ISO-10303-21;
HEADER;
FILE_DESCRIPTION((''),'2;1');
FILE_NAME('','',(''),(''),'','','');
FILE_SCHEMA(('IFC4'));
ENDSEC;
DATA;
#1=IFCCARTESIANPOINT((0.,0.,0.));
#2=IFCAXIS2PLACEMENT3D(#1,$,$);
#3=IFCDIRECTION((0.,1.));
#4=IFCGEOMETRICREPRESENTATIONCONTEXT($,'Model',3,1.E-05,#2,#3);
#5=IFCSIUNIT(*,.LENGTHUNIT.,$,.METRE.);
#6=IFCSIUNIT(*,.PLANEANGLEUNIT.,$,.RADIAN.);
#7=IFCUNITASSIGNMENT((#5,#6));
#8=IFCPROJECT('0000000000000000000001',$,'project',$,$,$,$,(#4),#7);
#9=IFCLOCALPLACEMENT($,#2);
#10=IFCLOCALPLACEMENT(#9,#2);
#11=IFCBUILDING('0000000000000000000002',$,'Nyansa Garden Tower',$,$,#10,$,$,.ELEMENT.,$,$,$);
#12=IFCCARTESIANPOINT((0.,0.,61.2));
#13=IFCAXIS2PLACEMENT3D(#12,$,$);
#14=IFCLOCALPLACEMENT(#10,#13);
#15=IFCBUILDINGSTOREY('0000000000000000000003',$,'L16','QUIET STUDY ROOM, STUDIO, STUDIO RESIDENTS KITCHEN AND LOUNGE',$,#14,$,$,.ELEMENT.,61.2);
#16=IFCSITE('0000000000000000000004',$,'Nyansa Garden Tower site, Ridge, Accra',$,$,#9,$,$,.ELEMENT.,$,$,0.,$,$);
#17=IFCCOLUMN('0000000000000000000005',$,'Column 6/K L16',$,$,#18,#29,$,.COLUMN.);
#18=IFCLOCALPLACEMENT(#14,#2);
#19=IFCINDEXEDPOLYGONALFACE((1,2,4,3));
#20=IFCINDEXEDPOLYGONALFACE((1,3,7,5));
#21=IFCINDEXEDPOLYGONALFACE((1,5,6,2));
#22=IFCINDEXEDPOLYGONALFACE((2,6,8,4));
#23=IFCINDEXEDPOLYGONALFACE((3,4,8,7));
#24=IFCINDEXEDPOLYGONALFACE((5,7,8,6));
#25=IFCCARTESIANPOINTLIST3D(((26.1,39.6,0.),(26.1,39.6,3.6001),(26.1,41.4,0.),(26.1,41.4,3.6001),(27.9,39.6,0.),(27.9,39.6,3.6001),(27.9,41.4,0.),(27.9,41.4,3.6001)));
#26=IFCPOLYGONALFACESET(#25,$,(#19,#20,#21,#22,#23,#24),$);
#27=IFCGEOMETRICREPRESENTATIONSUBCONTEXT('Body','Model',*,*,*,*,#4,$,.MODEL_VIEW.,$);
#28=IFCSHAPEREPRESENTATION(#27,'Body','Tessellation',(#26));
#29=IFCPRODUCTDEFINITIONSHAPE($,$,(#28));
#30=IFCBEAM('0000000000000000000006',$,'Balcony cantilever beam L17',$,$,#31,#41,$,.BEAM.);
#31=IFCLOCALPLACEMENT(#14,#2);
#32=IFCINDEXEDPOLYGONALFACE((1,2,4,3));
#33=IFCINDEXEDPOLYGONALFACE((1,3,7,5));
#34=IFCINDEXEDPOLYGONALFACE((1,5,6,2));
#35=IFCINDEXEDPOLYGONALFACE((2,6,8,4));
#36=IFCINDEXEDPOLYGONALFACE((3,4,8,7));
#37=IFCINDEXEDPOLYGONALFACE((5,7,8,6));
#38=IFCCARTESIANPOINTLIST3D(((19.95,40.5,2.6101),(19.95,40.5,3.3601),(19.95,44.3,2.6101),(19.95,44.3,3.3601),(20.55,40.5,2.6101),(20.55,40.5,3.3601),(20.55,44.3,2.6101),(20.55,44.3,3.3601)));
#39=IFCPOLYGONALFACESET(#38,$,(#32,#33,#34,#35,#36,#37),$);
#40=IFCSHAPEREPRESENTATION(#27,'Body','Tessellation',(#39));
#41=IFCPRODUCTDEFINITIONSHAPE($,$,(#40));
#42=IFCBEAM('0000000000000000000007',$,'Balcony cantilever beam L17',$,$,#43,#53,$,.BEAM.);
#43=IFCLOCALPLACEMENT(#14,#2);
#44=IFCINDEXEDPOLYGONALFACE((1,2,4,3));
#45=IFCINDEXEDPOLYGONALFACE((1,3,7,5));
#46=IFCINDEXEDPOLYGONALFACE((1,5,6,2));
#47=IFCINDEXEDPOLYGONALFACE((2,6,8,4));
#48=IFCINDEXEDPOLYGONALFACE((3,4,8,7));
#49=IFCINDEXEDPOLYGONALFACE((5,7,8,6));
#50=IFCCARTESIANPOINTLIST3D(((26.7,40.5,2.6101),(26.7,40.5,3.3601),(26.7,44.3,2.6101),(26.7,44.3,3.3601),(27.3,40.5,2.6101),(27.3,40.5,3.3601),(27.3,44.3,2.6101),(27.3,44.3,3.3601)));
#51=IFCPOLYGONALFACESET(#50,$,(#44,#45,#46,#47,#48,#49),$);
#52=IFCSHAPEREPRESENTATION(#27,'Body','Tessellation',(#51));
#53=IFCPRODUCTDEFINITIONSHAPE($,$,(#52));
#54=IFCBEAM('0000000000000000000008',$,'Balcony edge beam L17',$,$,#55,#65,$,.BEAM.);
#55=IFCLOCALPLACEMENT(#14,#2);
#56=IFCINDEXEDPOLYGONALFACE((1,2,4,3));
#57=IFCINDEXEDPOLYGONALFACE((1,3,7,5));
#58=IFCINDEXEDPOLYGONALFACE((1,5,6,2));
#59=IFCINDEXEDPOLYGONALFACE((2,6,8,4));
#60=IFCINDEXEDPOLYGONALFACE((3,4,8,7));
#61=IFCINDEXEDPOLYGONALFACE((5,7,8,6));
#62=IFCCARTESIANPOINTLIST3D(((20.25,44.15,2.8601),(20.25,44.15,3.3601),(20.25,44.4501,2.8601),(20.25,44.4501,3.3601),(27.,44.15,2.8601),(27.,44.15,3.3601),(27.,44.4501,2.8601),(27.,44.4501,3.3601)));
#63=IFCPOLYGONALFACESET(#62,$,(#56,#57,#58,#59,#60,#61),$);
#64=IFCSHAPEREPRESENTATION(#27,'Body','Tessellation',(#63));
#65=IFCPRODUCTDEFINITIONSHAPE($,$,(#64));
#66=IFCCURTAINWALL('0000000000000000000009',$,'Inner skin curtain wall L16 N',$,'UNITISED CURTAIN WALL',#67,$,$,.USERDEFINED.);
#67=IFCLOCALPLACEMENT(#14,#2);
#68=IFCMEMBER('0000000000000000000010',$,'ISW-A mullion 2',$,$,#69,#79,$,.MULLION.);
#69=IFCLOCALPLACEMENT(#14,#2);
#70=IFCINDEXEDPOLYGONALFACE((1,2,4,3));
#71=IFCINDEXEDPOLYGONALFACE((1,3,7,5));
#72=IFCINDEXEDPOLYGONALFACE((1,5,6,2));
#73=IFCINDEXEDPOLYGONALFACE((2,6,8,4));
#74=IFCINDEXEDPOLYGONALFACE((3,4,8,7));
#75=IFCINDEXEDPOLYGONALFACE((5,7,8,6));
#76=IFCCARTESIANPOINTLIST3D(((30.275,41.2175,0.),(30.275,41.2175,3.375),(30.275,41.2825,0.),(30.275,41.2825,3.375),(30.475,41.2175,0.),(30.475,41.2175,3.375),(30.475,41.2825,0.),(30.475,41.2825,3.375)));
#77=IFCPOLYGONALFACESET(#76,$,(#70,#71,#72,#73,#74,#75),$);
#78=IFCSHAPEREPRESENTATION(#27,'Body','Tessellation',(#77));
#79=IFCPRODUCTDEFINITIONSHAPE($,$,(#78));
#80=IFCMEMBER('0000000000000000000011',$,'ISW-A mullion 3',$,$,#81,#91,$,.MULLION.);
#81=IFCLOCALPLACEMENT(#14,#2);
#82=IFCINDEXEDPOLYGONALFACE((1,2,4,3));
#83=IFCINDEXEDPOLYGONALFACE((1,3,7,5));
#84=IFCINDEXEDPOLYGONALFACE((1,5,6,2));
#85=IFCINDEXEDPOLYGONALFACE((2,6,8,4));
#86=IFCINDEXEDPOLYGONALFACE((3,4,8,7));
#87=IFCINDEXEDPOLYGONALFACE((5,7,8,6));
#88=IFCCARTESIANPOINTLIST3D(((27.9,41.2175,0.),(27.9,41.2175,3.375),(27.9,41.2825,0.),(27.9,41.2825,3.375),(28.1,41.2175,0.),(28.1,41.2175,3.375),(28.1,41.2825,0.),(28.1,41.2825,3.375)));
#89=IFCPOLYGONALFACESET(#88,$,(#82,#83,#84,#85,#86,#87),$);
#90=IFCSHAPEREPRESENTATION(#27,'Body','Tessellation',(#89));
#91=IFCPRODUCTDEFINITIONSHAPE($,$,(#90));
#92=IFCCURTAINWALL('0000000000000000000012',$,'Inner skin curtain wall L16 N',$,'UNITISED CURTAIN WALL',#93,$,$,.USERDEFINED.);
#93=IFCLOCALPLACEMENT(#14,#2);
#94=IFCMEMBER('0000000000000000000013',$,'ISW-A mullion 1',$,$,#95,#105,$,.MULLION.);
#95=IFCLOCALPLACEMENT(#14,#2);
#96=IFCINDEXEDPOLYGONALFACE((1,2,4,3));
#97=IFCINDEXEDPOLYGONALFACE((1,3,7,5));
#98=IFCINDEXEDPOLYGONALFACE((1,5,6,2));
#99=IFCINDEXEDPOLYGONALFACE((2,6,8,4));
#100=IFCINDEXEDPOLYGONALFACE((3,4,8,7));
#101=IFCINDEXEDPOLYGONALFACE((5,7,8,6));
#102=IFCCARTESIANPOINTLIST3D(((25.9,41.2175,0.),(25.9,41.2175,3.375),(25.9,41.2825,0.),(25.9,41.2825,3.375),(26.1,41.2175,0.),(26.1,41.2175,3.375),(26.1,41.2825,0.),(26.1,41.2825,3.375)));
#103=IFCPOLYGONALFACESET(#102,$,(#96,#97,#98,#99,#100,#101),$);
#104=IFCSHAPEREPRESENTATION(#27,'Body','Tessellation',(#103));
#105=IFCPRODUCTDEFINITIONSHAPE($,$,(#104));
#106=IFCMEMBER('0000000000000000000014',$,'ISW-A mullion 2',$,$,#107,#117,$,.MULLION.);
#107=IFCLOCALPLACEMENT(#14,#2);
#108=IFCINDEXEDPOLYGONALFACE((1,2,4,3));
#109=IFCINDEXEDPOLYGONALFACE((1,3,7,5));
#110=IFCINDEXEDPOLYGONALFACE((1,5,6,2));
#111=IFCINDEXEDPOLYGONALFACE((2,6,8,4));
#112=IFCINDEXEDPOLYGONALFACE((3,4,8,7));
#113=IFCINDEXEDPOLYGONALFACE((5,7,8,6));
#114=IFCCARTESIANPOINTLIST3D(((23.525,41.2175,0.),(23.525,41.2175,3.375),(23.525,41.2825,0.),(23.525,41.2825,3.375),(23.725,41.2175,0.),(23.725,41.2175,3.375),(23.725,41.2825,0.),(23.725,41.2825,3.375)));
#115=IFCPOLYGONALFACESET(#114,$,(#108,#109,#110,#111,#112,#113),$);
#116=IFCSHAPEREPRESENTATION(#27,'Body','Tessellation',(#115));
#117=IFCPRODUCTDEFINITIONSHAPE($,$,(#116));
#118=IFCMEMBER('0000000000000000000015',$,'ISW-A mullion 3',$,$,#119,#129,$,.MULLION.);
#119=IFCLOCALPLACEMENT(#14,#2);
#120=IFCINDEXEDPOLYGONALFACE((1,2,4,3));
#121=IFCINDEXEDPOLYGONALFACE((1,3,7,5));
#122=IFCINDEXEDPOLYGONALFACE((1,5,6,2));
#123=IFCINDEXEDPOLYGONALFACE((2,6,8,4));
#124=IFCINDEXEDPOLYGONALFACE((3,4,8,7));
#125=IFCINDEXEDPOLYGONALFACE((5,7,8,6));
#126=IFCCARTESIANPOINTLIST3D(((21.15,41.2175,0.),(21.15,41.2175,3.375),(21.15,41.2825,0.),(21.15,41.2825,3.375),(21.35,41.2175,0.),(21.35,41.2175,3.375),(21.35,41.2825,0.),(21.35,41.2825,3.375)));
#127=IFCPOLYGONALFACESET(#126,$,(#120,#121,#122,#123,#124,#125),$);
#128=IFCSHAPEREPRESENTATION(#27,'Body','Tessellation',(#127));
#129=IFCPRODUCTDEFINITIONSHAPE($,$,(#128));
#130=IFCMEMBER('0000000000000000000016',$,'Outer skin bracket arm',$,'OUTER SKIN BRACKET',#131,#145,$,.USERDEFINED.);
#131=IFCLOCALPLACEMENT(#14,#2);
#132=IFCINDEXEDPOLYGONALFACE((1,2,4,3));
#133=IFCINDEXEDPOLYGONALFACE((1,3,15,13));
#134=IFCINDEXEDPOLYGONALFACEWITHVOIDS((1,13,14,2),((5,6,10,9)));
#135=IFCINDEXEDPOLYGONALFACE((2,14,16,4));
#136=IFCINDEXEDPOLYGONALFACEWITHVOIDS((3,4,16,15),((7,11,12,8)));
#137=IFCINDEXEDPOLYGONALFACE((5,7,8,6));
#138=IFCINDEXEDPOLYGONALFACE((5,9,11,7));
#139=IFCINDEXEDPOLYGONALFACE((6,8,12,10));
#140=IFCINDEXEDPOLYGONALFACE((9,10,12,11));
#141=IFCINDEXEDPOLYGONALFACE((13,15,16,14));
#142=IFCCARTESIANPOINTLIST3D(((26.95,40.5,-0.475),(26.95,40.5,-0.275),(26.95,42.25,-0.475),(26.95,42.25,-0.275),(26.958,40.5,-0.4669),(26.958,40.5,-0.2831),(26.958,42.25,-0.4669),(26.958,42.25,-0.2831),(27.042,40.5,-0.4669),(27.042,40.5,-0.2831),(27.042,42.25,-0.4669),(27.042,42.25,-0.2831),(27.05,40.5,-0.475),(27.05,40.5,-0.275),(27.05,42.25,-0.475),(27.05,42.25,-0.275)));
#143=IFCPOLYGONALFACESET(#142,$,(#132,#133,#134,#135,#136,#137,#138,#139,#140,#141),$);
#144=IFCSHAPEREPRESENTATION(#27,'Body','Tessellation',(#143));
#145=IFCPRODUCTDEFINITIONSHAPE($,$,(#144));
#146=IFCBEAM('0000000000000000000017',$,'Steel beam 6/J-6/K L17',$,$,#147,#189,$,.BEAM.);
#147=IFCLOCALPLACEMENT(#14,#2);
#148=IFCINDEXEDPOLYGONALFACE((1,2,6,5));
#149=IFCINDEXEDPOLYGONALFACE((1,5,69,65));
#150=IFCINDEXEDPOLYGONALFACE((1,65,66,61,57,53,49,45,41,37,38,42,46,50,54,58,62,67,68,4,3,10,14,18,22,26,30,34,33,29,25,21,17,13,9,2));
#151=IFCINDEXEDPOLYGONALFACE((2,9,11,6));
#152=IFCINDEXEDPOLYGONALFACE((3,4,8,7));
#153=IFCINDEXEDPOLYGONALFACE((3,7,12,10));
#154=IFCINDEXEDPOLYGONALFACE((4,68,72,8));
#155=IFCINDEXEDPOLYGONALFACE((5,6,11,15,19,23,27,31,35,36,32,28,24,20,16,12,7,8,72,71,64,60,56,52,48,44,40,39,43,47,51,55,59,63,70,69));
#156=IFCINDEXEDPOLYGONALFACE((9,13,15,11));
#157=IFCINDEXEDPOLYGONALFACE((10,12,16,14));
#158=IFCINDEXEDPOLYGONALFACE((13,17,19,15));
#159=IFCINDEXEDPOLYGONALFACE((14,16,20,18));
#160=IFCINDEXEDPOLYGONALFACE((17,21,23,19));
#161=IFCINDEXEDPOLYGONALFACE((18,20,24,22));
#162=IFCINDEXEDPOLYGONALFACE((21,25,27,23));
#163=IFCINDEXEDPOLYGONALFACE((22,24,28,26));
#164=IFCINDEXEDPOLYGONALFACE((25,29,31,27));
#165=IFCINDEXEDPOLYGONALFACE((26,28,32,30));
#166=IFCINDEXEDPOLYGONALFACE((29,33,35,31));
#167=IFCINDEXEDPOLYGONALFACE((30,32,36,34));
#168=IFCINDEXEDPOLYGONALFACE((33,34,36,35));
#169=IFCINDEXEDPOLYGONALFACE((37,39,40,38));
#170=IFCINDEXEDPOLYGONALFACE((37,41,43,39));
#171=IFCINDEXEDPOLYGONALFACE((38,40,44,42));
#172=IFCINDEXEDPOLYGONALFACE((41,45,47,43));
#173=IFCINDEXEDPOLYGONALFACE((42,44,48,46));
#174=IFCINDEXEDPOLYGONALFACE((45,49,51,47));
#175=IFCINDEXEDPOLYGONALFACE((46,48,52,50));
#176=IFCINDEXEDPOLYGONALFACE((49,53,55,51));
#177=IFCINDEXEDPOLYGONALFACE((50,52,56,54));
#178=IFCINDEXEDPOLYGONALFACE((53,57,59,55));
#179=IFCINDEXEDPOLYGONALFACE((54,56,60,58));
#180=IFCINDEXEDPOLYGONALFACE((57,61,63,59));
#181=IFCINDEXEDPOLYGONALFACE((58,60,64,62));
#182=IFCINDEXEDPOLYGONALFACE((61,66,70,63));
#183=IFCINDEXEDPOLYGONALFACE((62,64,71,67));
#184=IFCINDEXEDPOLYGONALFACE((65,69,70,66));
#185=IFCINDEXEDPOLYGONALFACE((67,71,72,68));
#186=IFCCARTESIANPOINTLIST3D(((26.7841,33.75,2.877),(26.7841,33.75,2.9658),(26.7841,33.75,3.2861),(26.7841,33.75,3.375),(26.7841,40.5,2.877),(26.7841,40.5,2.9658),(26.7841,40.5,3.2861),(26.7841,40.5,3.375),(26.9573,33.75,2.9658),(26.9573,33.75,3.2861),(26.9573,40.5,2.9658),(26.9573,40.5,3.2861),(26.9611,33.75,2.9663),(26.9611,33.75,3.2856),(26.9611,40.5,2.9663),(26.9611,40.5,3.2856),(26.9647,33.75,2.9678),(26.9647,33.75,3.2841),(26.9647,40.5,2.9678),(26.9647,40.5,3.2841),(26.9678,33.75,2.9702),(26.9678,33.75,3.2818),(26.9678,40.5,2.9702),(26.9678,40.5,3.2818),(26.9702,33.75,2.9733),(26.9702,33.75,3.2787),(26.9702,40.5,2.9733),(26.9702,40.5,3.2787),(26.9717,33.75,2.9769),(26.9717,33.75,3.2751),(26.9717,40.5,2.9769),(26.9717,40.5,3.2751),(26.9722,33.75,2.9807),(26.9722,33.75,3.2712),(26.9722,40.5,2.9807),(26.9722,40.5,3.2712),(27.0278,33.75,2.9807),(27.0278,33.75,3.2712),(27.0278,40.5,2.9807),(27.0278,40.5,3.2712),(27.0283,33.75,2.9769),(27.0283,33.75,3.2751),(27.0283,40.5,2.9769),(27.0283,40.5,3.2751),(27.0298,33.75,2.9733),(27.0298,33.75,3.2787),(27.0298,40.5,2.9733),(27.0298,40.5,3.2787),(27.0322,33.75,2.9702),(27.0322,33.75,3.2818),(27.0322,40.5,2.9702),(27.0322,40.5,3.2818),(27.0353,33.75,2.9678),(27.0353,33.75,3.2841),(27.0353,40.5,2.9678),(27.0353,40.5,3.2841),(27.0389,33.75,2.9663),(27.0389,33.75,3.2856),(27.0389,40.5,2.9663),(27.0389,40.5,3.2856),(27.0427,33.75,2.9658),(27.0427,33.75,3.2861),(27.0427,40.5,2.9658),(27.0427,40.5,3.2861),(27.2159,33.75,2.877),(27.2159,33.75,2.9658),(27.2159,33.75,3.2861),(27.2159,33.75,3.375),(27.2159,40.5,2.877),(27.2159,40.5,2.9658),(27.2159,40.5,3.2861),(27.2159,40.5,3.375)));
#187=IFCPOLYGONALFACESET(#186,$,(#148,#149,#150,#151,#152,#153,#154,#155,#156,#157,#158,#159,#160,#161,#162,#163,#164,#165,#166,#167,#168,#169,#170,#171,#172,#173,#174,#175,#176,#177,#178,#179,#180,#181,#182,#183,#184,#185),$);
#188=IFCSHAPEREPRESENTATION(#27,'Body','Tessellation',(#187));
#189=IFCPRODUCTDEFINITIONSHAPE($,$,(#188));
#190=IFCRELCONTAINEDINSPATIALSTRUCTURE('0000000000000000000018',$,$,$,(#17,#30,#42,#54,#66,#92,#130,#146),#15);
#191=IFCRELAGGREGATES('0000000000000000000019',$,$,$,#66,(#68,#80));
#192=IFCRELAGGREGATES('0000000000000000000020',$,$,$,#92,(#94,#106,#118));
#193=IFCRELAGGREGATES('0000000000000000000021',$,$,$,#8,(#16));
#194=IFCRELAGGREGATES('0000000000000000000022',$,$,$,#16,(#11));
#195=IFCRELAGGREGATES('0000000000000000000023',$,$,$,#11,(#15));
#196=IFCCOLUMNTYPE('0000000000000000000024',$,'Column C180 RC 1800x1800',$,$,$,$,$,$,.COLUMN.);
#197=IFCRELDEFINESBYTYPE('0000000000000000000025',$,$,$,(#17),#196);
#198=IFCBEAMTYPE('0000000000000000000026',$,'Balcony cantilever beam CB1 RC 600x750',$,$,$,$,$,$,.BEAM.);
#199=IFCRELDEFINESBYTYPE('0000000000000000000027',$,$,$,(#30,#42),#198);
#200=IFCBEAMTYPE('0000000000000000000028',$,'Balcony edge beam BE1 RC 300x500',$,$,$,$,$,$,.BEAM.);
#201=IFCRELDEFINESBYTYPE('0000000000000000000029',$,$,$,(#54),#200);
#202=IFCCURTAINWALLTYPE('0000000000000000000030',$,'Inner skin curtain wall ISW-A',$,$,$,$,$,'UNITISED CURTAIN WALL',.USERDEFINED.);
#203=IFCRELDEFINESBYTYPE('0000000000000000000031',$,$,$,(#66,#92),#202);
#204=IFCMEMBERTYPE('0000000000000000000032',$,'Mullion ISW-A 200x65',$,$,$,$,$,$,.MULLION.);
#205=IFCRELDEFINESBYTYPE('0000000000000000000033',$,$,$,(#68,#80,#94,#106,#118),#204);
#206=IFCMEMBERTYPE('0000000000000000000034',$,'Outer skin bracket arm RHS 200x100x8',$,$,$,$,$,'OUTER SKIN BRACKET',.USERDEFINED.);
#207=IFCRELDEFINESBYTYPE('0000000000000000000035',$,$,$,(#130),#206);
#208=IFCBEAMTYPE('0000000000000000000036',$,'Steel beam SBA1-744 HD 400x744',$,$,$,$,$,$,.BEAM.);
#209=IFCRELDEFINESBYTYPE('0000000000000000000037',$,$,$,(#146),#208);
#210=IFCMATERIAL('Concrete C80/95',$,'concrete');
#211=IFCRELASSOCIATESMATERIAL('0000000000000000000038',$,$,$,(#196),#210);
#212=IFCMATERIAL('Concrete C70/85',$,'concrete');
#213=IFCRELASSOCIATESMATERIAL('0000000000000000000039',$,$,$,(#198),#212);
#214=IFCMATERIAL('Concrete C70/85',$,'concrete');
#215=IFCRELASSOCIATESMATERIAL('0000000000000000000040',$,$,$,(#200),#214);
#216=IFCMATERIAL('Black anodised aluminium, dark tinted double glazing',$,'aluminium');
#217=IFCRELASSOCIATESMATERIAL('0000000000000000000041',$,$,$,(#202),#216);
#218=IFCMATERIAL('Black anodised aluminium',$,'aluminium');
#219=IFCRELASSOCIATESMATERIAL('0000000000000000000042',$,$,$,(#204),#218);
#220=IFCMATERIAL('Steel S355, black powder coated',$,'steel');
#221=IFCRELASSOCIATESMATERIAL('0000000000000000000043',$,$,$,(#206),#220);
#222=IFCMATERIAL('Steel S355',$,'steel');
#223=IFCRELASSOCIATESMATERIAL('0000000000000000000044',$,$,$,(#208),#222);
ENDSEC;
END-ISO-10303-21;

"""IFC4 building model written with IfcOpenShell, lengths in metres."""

from ifc_helpers import new_model, si_unit, direction, frame, origin, origin_2d, place, context, subcontext, project, spatial, rectangle, hollow_rectangle, i_section, extrude, material, material_profile, profile_set, type_object, element, aggregate, save


model = new_model("IFC4")

# Units and contexts
model_context = context("Model", 3, precision=1e-05, world=origin(), true_north=direction((0.0, 1.0)))
body_context = subcontext(model_context, "Body", "Model", "MODEL_VIEW")
ifc_project = project(units=[si_unit("LENGTHUNIT", "METRE"), si_unit("PLANEANGLEUNIT", "RADIAN")], contexts=[model_context])

# Site, building, storey
site_placement = place(None, origin())
site = spatial("IfcSite", under=ifc_project, at=site_placement, Name="Nyansa Garden Tower site, Ridge, Accra", CompositionType="ELEMENT", RefElevation=0.0)
building_placement = place(site_placement, origin())
building = spatial("IfcBuilding", under=site, at=building_placement, Name="Nyansa Garden Tower", CompositionType="ELEMENT")
storey_placement = place(building_placement, frame((0.0, 0.0, 61.2)))
storey = spatial("IfcBuildingStorey", under=building, at=storey_placement, Name="L16", Description="QUIET STUDY ROOM, STUDIO, STUDIO RESIDENTS KITCHEN AND LOUNGE", CompositionType="ELEMENT", Elevation=61.2)

# Column
ifc_material_1 = material(Name="Concrete C80/95", Category="concrete")
ifc_material_profile_1 = material_profile(ifc_material_1, rectangle(XDim=1.8, YDim=1.8, at=origin_2d()), Name="RC 1800x1800")
ifc_profile_set_1 = profile_set([ifc_material_profile_1], Name="Concrete C80/95")
column_type = type_object("IfcColumnType", Name="Column C180 RC 1800x1800", PredefinedType="COLUMN", material=ifc_profile_set_1)
column_placement = place(storey_placement, frame((27.0, 40.5, 0.0), z_axis=(0.0, 0.0, 1.0), x_axis=(1.0, 0.0, 0.0)))
element("IfcColumn", 1, at=column_placement, inside=storey, type_object=column_type, Name="Column 6/K L16", PredefinedType="COLUMN", context=body_context, shape_type="SweptSolid", body=[
    extrude(rectangle(XDim=1.8, YDim=1.8, at=origin_2d()), origin(), (0.0, 0.0, 1.0), 3.6001),
])

# Beams
ifc_material_2 = material(Name="Concrete C70/85", Category="concrete")
ifc_material_profile_2 = material_profile(ifc_material_2, rectangle(XDim=0.6001, YDim=0.75, at=origin_2d()), Name="RC 600x750")
ifc_profile_set_2 = profile_set([ifc_material_profile_2], Name="Concrete C70/85")
beam_type_1 = type_object("IfcBeamType", Name="Balcony cantilever beam CB1 RC 600x750", PredefinedType="BEAM", material=ifc_profile_set_2)
for number, where, z_axis, x_axis, name in (
    (2, (20.25, 40.5, 2.9851), (0.0, 1.0, 0.0), (-1.0, 0.0, 0.0), "Balcony cantilever beam L17"),
    (3, (27.0, 40.5, 2.9851), (0.0, 1.0, 0.0), (-1.0, 0.0, 0.0), "Balcony cantilever beam L17"),
):
    element("IfcBeam", number, at=place(storey_placement, frame(where, z_axis=z_axis, x_axis=x_axis)), inside=storey, type_object=beam_type_1, Name=name, PredefinedType="BEAM", context=body_context, shape_type="SweptSolid", body=[
        extrude(rectangle(XDim=0.6001, YDim=0.75, at=origin_2d()), origin(), (0.0, 0.0, 1.0), 3.8),
    ])
ifc_material_3 = material(Name="Concrete C70/85", Category="concrete")
ifc_material_profile_3 = material_profile(ifc_material_3, rectangle(XDim=0.3, YDim=0.5, at=origin_2d()), Name="RC 300x500")
ifc_profile_set_3 = profile_set([ifc_material_profile_3], Name="Concrete C70/85")
beam_type_2 = type_object("IfcBeamType", Name="Balcony edge beam BE1 RC 300x500", PredefinedType="BEAM", material=ifc_profile_set_3)
beam_1_placement = place(storey_placement, frame((20.25, 44.3, 3.1101), z_axis=(1.0, 0.0, 0.0), x_axis=(0.0, 1.0, 0.0)))
element("IfcBeam", 4, at=beam_1_placement, inside=storey, type_object=beam_type_2, Name="Balcony edge beam L17", PredefinedType="BEAM", context=body_context, shape_type="SweptSolid", body=[
    extrude(rectangle(XDim=0.3, YDim=0.5, at=origin_2d()), origin(), (0.0, 0.0, 1.0), 6.75),
])

# Curtain walls, members
ifc_material_4 = material(Name="Black anodised aluminium, dark tinted double glazing", Category="aluminium")
curtain_wall_type = type_object("IfcCurtainWallType", Name="Inner skin curtain wall ISW-A", ElementType="UNITISED CURTAIN WALL", PredefinedType="USERDEFINED", material=ifc_material_4)
curtain_wall_1_placement = place(storey_placement, origin())
curtain_wall_1 = element("IfcCurtainWall", 5, at=curtain_wall_1_placement, inside=storey, type_object=curtain_wall_type, Name="Inner skin curtain wall L16 N", ObjectType="UNITISED CURTAIN WALL", PredefinedType="USERDEFINED")
ifc_material_5 = material(Name="Black anodised aluminium", Category="aluminium")
ifc_material_profile_4 = material_profile(ifc_material_5, rectangle(XDim=0.0649, YDim=0.2, at=origin_2d()), Name="Mullion 200x65")
ifc_profile_set_4 = profile_set([ifc_material_profile_4], Name="Black anodised aluminium")
member_type_1 = type_object("IfcMemberType", Name="Mullion ISW-A 200x65", PredefinedType="MULLION", material=ifc_profile_set_4)
member_1_placement = place(storey_placement, frame((30.375, 41.25, 0.0), z_axis=(0.0, 0.0, 1.0), x_axis=(0.0, -1.0, 0.0)))
member_1 = element("IfcMember", 6, at=member_1_placement, type_object=member_type_1, Name="ISW-A mullion 2", PredefinedType="MULLION", context=body_context, shape_type="SweptSolid", body=[
    extrude(rectangle(XDim=0.0649, YDim=0.2, at=origin_2d()), origin(), (0.0, 0.0, 1.0), 3.375),
])
member_2_placement = place(storey_placement, frame((28.0, 41.25, 0.0), z_axis=(0.0, 0.0, 1.0), x_axis=(0.0, -1.0, 0.0)))
member_2 = element("IfcMember", 7, at=member_2_placement, type_object=member_type_1, Name="ISW-A mullion 3", PredefinedType="MULLION", context=body_context, shape_type="SweptSolid", body=[
    extrude(rectangle(XDim=0.0649, YDim=0.2, at=origin_2d()), origin(), (0.0, 0.0, 1.0), 3.375),
])
curtain_wall_2_placement = place(storey_placement, origin())
curtain_wall_2 = element("IfcCurtainWall", 8, at=curtain_wall_2_placement, inside=storey, type_object=curtain_wall_type, Name="Inner skin curtain wall L16 N", ObjectType="UNITISED CURTAIN WALL", PredefinedType="USERDEFINED")
member_3_placement = place(storey_placement, frame((26.0, 41.25, 0.0), z_axis=(0.0, 0.0, 1.0), x_axis=(0.0, -1.0, 0.0)))
member_3 = element("IfcMember", 9, at=member_3_placement, type_object=member_type_1, Name="ISW-A mullion 1", PredefinedType="MULLION", context=body_context, shape_type="SweptSolid", body=[
    extrude(rectangle(XDim=0.0649, YDim=0.2, at=origin_2d()), origin(), (0.0, 0.0, 1.0), 3.375),
])
member_4_placement = place(storey_placement, frame((23.625, 41.25, 0.0), z_axis=(0.0, 0.0, 1.0), x_axis=(0.0, -1.0, 0.0)))
member_4 = element("IfcMember", 10, at=member_4_placement, type_object=member_type_1, Name="ISW-A mullion 2", PredefinedType="MULLION", context=body_context, shape_type="SweptSolid", body=[
    extrude(rectangle(XDim=0.0649, YDim=0.2, at=origin_2d()), origin(), (0.0, 0.0, 1.0), 3.375),
])
member_5_placement = place(storey_placement, frame((21.25, 41.25, 0.0), z_axis=(0.0, 0.0, 1.0), x_axis=(0.0, -1.0, 0.0)))
member_5 = element("IfcMember", 11, at=member_5_placement, type_object=member_type_1, Name="ISW-A mullion 3", PredefinedType="MULLION", context=body_context, shape_type="SweptSolid", body=[
    extrude(rectangle(XDim=0.0649, YDim=0.2, at=origin_2d()), origin(), (0.0, 0.0, 1.0), 3.375),
])

# Member
ifc_material_6 = material(Name="Steel S355, black powder coated", Category="steel")
ifc_material_profile_5 = material_profile(ifc_material_6, hollow_rectangle(XDim=0.1001, YDim=0.2, WallThickness=0.0081, at=origin_2d()), Name="RHS 200x100x8")
ifc_profile_set_5 = profile_set([ifc_material_profile_5], Name="Steel S355, black powder coated")
member_type_2 = type_object("IfcMemberType", Name="Outer skin bracket arm RHS 200x100x8", ElementType="OUTER SKIN BRACKET", PredefinedType="USERDEFINED", material=ifc_profile_set_5)
member_6_placement = place(storey_placement, frame((27.0, 40.5, -0.375), z_axis=(0.0, 1.0, 0.0), x_axis=(-1.0, 0.0, 0.0)))
element("IfcMember", 12, at=member_6_placement, inside=storey, type_object=member_type_2, Name="Outer skin bracket arm", ObjectType="OUTER SKIN BRACKET", PredefinedType="USERDEFINED", context=body_context, shape_type="SweptSolid", body=[
    extrude(hollow_rectangle(XDim=0.1001, YDim=0.2, WallThickness=0.0081, at=origin_2d()), origin(), (0.0, 0.0, 1.0), 1.75),
])

# Beam
ifc_material_7 = material(Name="Steel S355", Category="steel")
ifc_material_profile_6 = material_profile(ifc_material_7, i_section(OverallWidth=0.4319, OverallDepth=0.498, WebThickness=0.0557, FlangeThickness=0.0889, FilletRadius=0.0149, at=origin_2d()), Name="HD 400x744")
ifc_profile_set_6 = profile_set([ifc_material_profile_6], Name="Steel S355")
beam_type_3 = type_object("IfcBeamType", Name="Steel beam SBA1-744 HD 400x744", PredefinedType="BEAM", material=ifc_profile_set_6)
for number, where, z_axis, x_axis, name in (
    (13, (27.0, 33.75, 3.126), (0.0, 1.0, 0.0), (-1.0, 0.0, 0.0), "Steel beam 6/J-6/K L17"),
):
    element("IfcBeam", number, at=place(storey_placement, frame(where, z_axis=z_axis, x_axis=x_axis)), inside=storey, type_object=beam_type_3, Name=name, PredefinedType="BEAM", context=body_context, shape_type="SweptSolid", body=[
        extrude(i_section(OverallWidth=0.4319, OverallDepth=0.498, WebThickness=0.0557, FlangeThickness=0.0889, FilletRadius=0.0149, at=origin_2d()), origin(), (0.0, 0.0, 1.0), 6.75),
    ])

aggregate(curtain_wall_1, [member_1, member_2])
aggregate(curtain_wall_2, [member_3, member_4, member_5])

save(model, "model.ifc")
